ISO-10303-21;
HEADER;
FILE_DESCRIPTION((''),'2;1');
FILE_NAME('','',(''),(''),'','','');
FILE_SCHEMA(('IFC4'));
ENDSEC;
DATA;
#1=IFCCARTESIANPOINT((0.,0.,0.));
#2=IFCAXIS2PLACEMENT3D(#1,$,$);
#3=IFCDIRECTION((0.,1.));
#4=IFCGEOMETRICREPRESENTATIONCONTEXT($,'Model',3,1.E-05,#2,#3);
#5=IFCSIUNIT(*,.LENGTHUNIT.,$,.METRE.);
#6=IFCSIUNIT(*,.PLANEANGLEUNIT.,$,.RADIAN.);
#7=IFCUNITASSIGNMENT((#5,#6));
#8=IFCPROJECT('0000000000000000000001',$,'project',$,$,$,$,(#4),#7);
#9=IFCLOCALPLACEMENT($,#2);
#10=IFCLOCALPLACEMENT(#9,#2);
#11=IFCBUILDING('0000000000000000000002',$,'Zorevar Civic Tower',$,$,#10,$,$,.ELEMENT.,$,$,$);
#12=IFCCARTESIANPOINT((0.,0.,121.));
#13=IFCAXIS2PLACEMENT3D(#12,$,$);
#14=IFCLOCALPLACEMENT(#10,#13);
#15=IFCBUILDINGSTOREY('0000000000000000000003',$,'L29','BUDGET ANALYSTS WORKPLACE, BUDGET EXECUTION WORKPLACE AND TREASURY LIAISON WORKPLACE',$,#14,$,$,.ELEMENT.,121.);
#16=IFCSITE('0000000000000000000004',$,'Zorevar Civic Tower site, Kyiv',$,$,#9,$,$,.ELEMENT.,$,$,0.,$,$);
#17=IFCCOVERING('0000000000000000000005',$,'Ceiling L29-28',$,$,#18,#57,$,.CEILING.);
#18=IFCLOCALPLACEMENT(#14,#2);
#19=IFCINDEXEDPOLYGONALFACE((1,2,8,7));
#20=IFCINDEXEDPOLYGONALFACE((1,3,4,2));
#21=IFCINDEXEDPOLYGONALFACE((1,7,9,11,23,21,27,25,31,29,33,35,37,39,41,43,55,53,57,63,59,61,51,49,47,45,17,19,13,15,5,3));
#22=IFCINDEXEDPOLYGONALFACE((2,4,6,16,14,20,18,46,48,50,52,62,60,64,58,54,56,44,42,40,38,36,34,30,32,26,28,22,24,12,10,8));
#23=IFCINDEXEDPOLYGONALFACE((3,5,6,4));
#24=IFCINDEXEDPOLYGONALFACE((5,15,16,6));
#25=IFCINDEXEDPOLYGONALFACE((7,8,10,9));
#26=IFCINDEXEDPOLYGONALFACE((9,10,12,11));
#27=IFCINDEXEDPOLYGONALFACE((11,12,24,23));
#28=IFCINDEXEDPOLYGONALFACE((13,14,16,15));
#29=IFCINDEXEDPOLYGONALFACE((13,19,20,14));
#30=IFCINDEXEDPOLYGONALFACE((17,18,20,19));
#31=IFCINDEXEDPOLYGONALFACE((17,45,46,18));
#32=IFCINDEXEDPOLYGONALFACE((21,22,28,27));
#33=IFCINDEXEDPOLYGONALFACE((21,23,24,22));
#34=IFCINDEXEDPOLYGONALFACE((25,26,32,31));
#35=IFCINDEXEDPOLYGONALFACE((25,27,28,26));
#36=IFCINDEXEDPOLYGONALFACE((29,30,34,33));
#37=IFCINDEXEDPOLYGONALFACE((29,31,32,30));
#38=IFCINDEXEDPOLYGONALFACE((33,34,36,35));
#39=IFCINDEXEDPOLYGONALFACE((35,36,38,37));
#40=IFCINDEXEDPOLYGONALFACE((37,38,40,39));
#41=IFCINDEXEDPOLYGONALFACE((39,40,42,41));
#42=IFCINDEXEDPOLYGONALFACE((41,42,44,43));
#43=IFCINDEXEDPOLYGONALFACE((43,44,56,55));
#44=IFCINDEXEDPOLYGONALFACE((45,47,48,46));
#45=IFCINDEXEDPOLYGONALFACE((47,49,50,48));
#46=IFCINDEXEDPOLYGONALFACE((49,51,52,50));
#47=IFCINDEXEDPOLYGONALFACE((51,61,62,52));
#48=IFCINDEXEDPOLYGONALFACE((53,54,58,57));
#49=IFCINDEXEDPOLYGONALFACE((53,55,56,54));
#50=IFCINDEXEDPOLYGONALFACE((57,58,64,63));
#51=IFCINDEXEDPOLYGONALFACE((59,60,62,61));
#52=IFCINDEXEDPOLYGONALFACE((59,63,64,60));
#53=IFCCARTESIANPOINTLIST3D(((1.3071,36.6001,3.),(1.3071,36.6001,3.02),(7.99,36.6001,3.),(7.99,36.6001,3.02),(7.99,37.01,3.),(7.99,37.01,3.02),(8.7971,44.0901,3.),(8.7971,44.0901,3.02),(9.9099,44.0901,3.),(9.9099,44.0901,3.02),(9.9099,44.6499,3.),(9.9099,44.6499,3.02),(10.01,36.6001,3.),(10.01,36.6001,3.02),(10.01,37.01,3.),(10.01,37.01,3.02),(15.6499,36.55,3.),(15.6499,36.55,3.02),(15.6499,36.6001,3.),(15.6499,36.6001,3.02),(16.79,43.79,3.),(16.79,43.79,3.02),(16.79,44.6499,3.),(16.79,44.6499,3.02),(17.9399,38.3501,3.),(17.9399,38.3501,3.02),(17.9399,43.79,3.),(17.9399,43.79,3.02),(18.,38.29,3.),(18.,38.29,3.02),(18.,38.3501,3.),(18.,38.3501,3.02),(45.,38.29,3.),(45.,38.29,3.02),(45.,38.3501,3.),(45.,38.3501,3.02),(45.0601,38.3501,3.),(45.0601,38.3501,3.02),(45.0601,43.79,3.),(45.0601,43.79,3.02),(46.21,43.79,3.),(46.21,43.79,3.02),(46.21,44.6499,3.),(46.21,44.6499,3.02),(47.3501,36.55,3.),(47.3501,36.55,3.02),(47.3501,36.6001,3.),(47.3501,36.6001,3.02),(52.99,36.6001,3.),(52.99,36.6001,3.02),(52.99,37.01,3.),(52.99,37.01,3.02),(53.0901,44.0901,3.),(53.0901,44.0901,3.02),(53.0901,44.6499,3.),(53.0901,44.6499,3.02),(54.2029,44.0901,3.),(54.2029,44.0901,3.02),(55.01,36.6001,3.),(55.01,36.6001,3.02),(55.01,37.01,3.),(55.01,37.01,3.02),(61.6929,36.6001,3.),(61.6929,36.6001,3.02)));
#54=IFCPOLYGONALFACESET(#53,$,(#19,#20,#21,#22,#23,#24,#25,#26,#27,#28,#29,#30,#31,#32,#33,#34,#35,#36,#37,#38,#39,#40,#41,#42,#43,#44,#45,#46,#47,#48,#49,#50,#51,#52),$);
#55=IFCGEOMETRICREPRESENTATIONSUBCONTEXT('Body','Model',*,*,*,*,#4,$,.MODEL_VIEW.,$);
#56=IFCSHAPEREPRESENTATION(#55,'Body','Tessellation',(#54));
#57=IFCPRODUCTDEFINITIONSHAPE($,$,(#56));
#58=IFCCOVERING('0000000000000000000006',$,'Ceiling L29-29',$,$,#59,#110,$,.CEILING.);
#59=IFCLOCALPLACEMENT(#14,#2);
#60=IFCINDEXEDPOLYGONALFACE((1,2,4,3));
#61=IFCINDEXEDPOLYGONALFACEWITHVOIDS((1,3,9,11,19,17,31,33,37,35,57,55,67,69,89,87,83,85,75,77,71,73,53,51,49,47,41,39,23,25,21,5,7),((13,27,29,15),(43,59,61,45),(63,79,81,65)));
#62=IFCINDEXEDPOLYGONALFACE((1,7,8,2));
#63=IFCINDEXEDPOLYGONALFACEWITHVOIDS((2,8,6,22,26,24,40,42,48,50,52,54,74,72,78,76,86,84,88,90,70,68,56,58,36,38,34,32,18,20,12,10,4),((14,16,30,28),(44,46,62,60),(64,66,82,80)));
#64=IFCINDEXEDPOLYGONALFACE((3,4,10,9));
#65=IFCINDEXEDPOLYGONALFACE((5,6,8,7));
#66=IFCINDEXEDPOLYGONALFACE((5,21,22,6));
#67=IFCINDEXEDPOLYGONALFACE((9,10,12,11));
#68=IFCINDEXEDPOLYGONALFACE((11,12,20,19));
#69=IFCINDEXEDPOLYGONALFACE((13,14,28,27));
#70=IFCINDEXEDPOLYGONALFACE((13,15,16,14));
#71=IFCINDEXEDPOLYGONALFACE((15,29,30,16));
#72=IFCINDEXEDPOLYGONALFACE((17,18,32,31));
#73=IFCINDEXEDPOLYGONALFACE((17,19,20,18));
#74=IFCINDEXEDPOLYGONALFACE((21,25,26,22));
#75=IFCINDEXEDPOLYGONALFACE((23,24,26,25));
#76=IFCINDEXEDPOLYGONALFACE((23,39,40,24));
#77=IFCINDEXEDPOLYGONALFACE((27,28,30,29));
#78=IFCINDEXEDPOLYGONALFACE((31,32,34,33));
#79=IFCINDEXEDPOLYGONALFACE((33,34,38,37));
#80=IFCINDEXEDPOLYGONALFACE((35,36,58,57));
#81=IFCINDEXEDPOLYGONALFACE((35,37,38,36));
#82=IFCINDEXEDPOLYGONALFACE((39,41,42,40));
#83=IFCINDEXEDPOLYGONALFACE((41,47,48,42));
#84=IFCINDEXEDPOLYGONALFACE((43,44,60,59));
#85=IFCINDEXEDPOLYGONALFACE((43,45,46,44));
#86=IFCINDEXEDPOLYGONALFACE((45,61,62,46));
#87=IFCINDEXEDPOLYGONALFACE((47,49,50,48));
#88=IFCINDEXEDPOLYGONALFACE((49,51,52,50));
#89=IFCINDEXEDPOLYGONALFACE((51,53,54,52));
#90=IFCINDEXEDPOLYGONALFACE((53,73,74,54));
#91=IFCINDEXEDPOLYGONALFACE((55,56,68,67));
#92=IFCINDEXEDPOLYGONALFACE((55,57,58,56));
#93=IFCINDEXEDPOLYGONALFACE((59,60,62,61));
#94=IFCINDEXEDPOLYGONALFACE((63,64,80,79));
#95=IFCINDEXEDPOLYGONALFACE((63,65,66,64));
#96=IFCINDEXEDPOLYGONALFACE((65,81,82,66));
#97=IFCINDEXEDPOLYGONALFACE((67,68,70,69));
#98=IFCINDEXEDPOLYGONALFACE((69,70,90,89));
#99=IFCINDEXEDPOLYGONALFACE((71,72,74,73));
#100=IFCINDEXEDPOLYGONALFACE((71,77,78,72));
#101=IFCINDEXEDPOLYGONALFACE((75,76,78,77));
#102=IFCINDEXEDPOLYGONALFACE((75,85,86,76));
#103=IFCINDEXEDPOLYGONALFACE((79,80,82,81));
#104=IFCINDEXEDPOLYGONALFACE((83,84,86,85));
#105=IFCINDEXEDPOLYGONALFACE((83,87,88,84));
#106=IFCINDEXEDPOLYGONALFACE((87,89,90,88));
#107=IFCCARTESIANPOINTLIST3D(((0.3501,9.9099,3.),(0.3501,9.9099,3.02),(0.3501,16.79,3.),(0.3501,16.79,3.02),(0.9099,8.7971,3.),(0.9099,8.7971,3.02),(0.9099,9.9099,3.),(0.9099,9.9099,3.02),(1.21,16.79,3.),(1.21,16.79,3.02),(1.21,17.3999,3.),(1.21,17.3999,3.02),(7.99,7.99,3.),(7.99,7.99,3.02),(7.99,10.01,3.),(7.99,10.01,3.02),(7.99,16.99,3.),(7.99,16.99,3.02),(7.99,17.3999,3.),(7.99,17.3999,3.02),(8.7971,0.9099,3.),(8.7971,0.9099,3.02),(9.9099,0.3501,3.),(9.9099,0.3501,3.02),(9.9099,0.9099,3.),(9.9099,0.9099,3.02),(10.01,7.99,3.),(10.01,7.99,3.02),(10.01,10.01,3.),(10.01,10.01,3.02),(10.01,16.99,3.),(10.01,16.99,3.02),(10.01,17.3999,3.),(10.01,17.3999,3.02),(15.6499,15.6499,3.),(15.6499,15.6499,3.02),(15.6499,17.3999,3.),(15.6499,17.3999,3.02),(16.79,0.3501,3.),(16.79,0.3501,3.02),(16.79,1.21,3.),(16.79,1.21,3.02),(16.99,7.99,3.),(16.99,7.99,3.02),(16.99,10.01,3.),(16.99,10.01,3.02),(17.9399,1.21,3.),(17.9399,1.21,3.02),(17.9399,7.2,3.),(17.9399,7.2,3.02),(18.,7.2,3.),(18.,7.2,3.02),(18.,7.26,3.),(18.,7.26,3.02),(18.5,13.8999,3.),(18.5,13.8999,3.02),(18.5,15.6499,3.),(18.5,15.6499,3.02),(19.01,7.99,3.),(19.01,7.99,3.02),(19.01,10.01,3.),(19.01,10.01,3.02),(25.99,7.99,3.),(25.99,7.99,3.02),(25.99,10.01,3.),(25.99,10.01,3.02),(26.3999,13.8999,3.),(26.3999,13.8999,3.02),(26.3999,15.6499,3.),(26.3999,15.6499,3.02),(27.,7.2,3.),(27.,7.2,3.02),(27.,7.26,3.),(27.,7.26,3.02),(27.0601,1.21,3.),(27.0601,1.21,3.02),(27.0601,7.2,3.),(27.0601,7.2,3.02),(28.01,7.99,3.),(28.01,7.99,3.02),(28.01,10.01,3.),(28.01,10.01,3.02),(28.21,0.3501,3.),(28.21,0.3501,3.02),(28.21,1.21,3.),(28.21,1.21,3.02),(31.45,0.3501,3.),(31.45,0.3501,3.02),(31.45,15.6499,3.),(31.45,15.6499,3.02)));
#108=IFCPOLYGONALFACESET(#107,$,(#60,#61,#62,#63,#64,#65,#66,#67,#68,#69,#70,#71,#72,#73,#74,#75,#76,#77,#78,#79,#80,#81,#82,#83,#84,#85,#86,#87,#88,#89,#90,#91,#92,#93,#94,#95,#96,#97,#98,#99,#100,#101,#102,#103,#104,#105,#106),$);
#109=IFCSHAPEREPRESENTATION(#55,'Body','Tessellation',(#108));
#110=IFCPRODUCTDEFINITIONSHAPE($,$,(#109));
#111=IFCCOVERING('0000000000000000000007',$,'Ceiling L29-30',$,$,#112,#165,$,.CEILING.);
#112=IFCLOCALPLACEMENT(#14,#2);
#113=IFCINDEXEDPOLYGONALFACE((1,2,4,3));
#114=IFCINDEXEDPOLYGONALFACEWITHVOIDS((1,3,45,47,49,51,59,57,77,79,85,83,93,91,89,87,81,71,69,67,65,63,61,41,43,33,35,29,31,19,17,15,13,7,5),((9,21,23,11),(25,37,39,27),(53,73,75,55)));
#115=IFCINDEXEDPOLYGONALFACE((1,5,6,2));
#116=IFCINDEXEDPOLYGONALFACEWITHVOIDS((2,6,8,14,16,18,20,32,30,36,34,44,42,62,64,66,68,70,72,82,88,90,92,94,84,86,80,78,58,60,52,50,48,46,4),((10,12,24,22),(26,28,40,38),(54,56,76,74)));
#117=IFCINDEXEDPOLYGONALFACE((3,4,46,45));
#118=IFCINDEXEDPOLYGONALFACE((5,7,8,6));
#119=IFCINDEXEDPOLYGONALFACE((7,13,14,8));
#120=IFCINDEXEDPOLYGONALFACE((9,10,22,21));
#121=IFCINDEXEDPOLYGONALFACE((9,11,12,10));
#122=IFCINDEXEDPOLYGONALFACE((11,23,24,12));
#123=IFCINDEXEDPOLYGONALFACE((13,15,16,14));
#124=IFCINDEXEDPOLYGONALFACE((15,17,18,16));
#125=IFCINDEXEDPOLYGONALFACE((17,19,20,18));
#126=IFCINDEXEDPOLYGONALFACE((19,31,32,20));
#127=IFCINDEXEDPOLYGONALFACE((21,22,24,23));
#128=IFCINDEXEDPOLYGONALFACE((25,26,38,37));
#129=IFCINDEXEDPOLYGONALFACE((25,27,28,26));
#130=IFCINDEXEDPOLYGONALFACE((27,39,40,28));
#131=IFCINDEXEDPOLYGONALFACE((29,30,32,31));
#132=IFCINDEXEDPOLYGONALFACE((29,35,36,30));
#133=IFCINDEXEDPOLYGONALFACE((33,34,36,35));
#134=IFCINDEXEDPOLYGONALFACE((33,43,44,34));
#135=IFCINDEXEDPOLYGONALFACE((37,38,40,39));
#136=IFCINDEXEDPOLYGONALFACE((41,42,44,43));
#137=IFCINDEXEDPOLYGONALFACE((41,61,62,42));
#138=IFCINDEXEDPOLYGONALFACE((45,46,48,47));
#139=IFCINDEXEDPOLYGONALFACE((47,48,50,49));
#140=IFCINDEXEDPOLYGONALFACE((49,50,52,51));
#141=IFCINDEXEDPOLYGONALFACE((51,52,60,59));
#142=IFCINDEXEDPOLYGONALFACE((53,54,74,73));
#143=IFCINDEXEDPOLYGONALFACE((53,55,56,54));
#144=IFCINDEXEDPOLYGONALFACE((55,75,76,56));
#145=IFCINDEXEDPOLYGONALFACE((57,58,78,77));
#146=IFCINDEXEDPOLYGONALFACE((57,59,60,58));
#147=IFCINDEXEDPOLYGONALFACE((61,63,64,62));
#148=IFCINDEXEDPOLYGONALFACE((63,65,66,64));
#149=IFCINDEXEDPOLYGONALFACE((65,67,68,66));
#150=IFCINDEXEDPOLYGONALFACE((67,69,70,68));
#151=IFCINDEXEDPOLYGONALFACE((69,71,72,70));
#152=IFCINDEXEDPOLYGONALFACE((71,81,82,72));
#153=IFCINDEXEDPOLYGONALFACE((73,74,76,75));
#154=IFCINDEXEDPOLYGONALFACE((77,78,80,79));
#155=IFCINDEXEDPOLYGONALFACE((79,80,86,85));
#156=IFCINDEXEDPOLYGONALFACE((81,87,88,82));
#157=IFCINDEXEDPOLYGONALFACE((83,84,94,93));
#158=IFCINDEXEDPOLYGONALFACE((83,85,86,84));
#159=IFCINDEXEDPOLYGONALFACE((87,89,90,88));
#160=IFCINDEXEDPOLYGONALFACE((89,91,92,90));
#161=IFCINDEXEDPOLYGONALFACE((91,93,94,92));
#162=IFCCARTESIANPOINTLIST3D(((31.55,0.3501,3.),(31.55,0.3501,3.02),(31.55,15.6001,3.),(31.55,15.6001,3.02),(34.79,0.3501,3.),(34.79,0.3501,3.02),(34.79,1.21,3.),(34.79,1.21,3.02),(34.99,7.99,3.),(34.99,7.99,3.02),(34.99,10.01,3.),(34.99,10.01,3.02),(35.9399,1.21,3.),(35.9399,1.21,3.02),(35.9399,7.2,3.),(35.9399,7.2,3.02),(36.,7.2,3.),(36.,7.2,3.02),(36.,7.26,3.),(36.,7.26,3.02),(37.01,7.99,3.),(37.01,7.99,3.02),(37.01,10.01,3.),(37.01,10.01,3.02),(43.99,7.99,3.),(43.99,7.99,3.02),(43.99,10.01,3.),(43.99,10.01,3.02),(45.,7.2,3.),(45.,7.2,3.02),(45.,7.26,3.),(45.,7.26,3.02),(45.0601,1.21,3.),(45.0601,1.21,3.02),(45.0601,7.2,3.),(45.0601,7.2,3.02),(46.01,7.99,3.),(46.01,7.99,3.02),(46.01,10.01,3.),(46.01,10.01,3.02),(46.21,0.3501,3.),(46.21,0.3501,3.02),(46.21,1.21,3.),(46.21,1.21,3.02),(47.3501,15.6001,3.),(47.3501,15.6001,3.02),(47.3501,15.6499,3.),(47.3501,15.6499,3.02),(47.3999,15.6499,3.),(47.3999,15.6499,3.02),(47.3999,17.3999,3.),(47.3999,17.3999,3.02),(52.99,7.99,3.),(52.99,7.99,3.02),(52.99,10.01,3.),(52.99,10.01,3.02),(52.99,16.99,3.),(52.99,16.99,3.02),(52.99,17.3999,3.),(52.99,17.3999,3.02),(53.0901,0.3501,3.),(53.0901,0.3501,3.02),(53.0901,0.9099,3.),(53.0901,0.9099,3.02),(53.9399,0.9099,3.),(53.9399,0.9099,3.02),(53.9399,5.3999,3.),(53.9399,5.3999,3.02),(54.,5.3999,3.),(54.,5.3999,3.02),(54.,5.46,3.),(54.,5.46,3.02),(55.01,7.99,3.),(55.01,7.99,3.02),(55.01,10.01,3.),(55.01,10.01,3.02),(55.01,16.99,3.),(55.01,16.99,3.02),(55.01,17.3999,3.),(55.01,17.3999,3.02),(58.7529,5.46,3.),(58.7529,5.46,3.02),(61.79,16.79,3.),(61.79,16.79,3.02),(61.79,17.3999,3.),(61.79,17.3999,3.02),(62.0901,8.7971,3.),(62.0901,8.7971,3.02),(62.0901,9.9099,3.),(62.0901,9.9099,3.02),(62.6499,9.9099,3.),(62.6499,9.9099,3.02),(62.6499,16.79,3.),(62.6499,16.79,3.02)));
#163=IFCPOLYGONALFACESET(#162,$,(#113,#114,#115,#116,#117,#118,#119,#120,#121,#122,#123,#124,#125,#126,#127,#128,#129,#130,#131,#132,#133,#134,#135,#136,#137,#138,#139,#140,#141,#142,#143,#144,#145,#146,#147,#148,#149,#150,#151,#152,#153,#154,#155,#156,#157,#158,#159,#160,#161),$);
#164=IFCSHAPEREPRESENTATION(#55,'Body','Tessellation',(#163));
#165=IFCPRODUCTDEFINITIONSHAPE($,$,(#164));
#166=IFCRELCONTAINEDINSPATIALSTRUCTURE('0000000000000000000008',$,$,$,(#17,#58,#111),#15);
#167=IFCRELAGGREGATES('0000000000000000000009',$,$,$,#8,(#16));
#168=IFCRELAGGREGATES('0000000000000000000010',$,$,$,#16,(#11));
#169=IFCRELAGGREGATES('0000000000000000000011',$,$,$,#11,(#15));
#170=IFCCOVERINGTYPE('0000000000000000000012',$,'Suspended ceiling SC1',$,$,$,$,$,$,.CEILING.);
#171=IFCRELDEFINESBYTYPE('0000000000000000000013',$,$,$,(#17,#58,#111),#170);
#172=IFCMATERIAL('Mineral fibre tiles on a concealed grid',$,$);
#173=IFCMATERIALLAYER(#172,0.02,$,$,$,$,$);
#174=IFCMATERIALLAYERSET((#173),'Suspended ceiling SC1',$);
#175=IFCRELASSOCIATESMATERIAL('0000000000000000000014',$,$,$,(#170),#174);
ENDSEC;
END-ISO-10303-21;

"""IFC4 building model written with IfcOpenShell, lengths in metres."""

from ifc_helpers import new_model, si_unit, direction, frame, origin, place, context, subcontext, project, spatial, polyline, outline, extrude, material, layer, layer_set, type_object, element, save


model = new_model("IFC4")

# Units and contexts
model_context = context("Model", 3, precision=1e-05, world=origin(), true_north=direction((0.0, 1.0)))
body_context = subcontext(model_context, "Body", "Model", "MODEL_VIEW")
ifc_project = project(units=[si_unit("LENGTHUNIT", "METRE"), si_unit("PLANEANGLEUNIT", "RADIAN")], contexts=[model_context])

# Site, building, storey
site_placement = place(None, origin())
site = spatial("IfcSite", under=ifc_project, at=site_placement, Name="Zorevar Civic Tower site, Kyiv", CompositionType="ELEMENT", RefElevation=0.0)
building_placement = place(site_placement, origin())
building = spatial("IfcBuilding", under=site, at=building_placement, Name="Zorevar Civic Tower", CompositionType="ELEMENT")
storey_placement = place(building_placement, frame((0.0, 0.0, 121.0)))
storey = spatial("IfcBuildingStorey", under=building, at=storey_placement, Name="L29", Description="BUDGET ANALYSTS WORKPLACE, BUDGET EXECUTION WORKPLACE AND TREASURY LIAISON WORKPLACE", CompositionType="ELEMENT", Elevation=121.0)

# Coverings
ifc_material_1 = material(Name="Mineral fibre tiles on a concealed grid")
ifc_layer_1 = layer(ifc_material_1, 0.02)
ifc_layer_set_1 = layer_set([ifc_layer_1], Name="Suspended ceiling SC1")
covering_type_1 = type_object("IfcCoveringType", Name="Suspended ceiling SC1", PredefinedType="CEILING", material=ifc_layer_set_1)
covering_1_placement = place(storey_placement, frame((0.0, 0.0, 3.0)))
element("IfcCovering", 1, at=covering_1_placement, inside=storey, type_object=covering_type_1, Name="Ceiling L29-28", PredefinedType="CEILING", context=body_context, shape_type="SweptSolid", body=[
    extrude(outline(polyline([(16.79, 44.6499), (16.79, 43.79), (17.9399, 43.79), (17.9399, 38.3501), (18.0, 38.3501), (18.0, 38.29), (45.0, 38.29), (45.0, 38.3501), (45.0601, 38.3501), (45.0601, 43.79), (46.21, 43.79), (46.21, 44.6499), (53.0901, 44.6499), (53.0901, 44.0901), (54.2029, 44.0901), (61.6929, 36.6001), (55.01, 36.6001), (55.01, 37.01), (52.99, 37.01), (52.99, 36.6001), (47.3501, 36.6001), (47.3501, 36.55), (15.6499, 36.55), (15.6499, 36.6001), (10.01, 36.6001), (10.01, 37.01), (7.99, 37.01), (7.99, 36.6001), (1.3071, 36.6001), (8.7971, 44.0901), (9.9099, 44.0901), (9.9099, 44.6499), (16.79, 44.6499)])), origin(), (0.0, 0.0, 1.0), 0.02),
])
covering_2_placement = place(storey_placement, frame((0.0, 0.0, 3.0)))
element("IfcCovering", 2, at=covering_2_placement, inside=storey, type_object=covering_type_1, Name="Ceiling L29-29", PredefinedType="CEILING", context=body_context, shape_type="SweptSolid", body=[
    extrude(outline(polyline([(0.9099, 9.9099), (0.3501, 9.9099), (0.3501, 16.79), (1.21, 16.79), (1.21, 17.3999), (7.99, 17.3999), (7.99, 16.99), (10.01, 16.99), (10.01, 17.3999), (15.6499, 17.3999), (15.6499, 15.6499), (18.5, 15.6499), (18.5, 13.8999), (26.3999, 13.8999), (26.3999, 15.6499), (31.45, 15.6499), (31.45, 0.3501), (28.21, 0.3501), (28.21, 1.21), (27.0601, 1.21), (27.0601, 7.2), (27.0, 7.2), (27.0, 7.26), (18.0, 7.26), (18.0, 7.2), (17.9399, 7.2), (17.9399, 1.21), (16.79, 1.21), (16.79, 0.3501), (9.9099, 0.3501), (9.9099, 0.9099), (8.7971, 0.9099), (0.9099, 8.7971), (0.9099, 9.9099)]), holes=[polyline([(7.99, 7.99), (10.01, 7.99), (10.01, 10.01), (7.99, 10.01), (7.99, 7.99)]), polyline([(19.01, 7.99), (19.01, 10.01), (16.99, 10.01), (16.99, 7.99), (19.01, 7.99)]), polyline([(25.99, 10.01), (25.99, 7.99), (28.01, 7.99), (28.01, 10.01), (25.99, 10.01)])]), origin(), (0.0, 0.0, 1.0), 0.02),
])
covering_3_placement = place(storey_placement, frame((0.0, 0.0, 3.0)))
element("IfcCovering", 3, at=covering_3_placement, inside=storey, type_object=covering_type_1, Name="Ceiling L29-30", PredefinedType="CEILING", context=body_context, shape_type="SweptSolid", body=[
    extrude(outline(polyline([(62.0901, 9.9099), (62.0901, 8.7971), (58.7529, 5.46), (54.0, 5.46), (54.0, 5.3999), (53.9399, 5.3999), (53.9399, 0.9099), (53.0901, 0.9099), (53.0901, 0.3501), (46.21, 0.3501), (46.21, 1.21), (45.0601, 1.21), (45.0601, 7.2), (45.0, 7.2), (45.0, 7.26), (36.0, 7.26), (36.0, 7.2), (35.9399, 7.2), (35.9399, 1.21), (34.79, 1.21), (34.79, 0.3501), (31.55, 0.3501), (31.55, 15.6001), (47.3501, 15.6001), (47.3501, 15.6499), (47.3999, 15.6499), (47.3999, 17.3999), (52.99, 17.3999), (52.99, 16.99), (55.01, 16.99), (55.01, 17.3999), (61.79, 17.3999), (61.79, 16.79), (62.6499, 16.79), (62.6499, 9.9099), (62.0901, 9.9099)]), holes=[polyline([(37.01, 10.01), (34.99, 10.01), (34.99, 7.99), (37.01, 7.99), (37.01, 10.01)]), polyline([(43.99, 7.99), (46.01, 7.99), (46.01, 10.01), (43.99, 10.01), (43.99, 7.99)]), polyline([(55.01, 10.01), (52.99, 10.01), (52.99, 7.99), (55.01, 7.99), (55.01, 10.01)])]), origin(), (0.0, 0.0, 1.0), 0.02),
])

save(model, "model.ifc")
